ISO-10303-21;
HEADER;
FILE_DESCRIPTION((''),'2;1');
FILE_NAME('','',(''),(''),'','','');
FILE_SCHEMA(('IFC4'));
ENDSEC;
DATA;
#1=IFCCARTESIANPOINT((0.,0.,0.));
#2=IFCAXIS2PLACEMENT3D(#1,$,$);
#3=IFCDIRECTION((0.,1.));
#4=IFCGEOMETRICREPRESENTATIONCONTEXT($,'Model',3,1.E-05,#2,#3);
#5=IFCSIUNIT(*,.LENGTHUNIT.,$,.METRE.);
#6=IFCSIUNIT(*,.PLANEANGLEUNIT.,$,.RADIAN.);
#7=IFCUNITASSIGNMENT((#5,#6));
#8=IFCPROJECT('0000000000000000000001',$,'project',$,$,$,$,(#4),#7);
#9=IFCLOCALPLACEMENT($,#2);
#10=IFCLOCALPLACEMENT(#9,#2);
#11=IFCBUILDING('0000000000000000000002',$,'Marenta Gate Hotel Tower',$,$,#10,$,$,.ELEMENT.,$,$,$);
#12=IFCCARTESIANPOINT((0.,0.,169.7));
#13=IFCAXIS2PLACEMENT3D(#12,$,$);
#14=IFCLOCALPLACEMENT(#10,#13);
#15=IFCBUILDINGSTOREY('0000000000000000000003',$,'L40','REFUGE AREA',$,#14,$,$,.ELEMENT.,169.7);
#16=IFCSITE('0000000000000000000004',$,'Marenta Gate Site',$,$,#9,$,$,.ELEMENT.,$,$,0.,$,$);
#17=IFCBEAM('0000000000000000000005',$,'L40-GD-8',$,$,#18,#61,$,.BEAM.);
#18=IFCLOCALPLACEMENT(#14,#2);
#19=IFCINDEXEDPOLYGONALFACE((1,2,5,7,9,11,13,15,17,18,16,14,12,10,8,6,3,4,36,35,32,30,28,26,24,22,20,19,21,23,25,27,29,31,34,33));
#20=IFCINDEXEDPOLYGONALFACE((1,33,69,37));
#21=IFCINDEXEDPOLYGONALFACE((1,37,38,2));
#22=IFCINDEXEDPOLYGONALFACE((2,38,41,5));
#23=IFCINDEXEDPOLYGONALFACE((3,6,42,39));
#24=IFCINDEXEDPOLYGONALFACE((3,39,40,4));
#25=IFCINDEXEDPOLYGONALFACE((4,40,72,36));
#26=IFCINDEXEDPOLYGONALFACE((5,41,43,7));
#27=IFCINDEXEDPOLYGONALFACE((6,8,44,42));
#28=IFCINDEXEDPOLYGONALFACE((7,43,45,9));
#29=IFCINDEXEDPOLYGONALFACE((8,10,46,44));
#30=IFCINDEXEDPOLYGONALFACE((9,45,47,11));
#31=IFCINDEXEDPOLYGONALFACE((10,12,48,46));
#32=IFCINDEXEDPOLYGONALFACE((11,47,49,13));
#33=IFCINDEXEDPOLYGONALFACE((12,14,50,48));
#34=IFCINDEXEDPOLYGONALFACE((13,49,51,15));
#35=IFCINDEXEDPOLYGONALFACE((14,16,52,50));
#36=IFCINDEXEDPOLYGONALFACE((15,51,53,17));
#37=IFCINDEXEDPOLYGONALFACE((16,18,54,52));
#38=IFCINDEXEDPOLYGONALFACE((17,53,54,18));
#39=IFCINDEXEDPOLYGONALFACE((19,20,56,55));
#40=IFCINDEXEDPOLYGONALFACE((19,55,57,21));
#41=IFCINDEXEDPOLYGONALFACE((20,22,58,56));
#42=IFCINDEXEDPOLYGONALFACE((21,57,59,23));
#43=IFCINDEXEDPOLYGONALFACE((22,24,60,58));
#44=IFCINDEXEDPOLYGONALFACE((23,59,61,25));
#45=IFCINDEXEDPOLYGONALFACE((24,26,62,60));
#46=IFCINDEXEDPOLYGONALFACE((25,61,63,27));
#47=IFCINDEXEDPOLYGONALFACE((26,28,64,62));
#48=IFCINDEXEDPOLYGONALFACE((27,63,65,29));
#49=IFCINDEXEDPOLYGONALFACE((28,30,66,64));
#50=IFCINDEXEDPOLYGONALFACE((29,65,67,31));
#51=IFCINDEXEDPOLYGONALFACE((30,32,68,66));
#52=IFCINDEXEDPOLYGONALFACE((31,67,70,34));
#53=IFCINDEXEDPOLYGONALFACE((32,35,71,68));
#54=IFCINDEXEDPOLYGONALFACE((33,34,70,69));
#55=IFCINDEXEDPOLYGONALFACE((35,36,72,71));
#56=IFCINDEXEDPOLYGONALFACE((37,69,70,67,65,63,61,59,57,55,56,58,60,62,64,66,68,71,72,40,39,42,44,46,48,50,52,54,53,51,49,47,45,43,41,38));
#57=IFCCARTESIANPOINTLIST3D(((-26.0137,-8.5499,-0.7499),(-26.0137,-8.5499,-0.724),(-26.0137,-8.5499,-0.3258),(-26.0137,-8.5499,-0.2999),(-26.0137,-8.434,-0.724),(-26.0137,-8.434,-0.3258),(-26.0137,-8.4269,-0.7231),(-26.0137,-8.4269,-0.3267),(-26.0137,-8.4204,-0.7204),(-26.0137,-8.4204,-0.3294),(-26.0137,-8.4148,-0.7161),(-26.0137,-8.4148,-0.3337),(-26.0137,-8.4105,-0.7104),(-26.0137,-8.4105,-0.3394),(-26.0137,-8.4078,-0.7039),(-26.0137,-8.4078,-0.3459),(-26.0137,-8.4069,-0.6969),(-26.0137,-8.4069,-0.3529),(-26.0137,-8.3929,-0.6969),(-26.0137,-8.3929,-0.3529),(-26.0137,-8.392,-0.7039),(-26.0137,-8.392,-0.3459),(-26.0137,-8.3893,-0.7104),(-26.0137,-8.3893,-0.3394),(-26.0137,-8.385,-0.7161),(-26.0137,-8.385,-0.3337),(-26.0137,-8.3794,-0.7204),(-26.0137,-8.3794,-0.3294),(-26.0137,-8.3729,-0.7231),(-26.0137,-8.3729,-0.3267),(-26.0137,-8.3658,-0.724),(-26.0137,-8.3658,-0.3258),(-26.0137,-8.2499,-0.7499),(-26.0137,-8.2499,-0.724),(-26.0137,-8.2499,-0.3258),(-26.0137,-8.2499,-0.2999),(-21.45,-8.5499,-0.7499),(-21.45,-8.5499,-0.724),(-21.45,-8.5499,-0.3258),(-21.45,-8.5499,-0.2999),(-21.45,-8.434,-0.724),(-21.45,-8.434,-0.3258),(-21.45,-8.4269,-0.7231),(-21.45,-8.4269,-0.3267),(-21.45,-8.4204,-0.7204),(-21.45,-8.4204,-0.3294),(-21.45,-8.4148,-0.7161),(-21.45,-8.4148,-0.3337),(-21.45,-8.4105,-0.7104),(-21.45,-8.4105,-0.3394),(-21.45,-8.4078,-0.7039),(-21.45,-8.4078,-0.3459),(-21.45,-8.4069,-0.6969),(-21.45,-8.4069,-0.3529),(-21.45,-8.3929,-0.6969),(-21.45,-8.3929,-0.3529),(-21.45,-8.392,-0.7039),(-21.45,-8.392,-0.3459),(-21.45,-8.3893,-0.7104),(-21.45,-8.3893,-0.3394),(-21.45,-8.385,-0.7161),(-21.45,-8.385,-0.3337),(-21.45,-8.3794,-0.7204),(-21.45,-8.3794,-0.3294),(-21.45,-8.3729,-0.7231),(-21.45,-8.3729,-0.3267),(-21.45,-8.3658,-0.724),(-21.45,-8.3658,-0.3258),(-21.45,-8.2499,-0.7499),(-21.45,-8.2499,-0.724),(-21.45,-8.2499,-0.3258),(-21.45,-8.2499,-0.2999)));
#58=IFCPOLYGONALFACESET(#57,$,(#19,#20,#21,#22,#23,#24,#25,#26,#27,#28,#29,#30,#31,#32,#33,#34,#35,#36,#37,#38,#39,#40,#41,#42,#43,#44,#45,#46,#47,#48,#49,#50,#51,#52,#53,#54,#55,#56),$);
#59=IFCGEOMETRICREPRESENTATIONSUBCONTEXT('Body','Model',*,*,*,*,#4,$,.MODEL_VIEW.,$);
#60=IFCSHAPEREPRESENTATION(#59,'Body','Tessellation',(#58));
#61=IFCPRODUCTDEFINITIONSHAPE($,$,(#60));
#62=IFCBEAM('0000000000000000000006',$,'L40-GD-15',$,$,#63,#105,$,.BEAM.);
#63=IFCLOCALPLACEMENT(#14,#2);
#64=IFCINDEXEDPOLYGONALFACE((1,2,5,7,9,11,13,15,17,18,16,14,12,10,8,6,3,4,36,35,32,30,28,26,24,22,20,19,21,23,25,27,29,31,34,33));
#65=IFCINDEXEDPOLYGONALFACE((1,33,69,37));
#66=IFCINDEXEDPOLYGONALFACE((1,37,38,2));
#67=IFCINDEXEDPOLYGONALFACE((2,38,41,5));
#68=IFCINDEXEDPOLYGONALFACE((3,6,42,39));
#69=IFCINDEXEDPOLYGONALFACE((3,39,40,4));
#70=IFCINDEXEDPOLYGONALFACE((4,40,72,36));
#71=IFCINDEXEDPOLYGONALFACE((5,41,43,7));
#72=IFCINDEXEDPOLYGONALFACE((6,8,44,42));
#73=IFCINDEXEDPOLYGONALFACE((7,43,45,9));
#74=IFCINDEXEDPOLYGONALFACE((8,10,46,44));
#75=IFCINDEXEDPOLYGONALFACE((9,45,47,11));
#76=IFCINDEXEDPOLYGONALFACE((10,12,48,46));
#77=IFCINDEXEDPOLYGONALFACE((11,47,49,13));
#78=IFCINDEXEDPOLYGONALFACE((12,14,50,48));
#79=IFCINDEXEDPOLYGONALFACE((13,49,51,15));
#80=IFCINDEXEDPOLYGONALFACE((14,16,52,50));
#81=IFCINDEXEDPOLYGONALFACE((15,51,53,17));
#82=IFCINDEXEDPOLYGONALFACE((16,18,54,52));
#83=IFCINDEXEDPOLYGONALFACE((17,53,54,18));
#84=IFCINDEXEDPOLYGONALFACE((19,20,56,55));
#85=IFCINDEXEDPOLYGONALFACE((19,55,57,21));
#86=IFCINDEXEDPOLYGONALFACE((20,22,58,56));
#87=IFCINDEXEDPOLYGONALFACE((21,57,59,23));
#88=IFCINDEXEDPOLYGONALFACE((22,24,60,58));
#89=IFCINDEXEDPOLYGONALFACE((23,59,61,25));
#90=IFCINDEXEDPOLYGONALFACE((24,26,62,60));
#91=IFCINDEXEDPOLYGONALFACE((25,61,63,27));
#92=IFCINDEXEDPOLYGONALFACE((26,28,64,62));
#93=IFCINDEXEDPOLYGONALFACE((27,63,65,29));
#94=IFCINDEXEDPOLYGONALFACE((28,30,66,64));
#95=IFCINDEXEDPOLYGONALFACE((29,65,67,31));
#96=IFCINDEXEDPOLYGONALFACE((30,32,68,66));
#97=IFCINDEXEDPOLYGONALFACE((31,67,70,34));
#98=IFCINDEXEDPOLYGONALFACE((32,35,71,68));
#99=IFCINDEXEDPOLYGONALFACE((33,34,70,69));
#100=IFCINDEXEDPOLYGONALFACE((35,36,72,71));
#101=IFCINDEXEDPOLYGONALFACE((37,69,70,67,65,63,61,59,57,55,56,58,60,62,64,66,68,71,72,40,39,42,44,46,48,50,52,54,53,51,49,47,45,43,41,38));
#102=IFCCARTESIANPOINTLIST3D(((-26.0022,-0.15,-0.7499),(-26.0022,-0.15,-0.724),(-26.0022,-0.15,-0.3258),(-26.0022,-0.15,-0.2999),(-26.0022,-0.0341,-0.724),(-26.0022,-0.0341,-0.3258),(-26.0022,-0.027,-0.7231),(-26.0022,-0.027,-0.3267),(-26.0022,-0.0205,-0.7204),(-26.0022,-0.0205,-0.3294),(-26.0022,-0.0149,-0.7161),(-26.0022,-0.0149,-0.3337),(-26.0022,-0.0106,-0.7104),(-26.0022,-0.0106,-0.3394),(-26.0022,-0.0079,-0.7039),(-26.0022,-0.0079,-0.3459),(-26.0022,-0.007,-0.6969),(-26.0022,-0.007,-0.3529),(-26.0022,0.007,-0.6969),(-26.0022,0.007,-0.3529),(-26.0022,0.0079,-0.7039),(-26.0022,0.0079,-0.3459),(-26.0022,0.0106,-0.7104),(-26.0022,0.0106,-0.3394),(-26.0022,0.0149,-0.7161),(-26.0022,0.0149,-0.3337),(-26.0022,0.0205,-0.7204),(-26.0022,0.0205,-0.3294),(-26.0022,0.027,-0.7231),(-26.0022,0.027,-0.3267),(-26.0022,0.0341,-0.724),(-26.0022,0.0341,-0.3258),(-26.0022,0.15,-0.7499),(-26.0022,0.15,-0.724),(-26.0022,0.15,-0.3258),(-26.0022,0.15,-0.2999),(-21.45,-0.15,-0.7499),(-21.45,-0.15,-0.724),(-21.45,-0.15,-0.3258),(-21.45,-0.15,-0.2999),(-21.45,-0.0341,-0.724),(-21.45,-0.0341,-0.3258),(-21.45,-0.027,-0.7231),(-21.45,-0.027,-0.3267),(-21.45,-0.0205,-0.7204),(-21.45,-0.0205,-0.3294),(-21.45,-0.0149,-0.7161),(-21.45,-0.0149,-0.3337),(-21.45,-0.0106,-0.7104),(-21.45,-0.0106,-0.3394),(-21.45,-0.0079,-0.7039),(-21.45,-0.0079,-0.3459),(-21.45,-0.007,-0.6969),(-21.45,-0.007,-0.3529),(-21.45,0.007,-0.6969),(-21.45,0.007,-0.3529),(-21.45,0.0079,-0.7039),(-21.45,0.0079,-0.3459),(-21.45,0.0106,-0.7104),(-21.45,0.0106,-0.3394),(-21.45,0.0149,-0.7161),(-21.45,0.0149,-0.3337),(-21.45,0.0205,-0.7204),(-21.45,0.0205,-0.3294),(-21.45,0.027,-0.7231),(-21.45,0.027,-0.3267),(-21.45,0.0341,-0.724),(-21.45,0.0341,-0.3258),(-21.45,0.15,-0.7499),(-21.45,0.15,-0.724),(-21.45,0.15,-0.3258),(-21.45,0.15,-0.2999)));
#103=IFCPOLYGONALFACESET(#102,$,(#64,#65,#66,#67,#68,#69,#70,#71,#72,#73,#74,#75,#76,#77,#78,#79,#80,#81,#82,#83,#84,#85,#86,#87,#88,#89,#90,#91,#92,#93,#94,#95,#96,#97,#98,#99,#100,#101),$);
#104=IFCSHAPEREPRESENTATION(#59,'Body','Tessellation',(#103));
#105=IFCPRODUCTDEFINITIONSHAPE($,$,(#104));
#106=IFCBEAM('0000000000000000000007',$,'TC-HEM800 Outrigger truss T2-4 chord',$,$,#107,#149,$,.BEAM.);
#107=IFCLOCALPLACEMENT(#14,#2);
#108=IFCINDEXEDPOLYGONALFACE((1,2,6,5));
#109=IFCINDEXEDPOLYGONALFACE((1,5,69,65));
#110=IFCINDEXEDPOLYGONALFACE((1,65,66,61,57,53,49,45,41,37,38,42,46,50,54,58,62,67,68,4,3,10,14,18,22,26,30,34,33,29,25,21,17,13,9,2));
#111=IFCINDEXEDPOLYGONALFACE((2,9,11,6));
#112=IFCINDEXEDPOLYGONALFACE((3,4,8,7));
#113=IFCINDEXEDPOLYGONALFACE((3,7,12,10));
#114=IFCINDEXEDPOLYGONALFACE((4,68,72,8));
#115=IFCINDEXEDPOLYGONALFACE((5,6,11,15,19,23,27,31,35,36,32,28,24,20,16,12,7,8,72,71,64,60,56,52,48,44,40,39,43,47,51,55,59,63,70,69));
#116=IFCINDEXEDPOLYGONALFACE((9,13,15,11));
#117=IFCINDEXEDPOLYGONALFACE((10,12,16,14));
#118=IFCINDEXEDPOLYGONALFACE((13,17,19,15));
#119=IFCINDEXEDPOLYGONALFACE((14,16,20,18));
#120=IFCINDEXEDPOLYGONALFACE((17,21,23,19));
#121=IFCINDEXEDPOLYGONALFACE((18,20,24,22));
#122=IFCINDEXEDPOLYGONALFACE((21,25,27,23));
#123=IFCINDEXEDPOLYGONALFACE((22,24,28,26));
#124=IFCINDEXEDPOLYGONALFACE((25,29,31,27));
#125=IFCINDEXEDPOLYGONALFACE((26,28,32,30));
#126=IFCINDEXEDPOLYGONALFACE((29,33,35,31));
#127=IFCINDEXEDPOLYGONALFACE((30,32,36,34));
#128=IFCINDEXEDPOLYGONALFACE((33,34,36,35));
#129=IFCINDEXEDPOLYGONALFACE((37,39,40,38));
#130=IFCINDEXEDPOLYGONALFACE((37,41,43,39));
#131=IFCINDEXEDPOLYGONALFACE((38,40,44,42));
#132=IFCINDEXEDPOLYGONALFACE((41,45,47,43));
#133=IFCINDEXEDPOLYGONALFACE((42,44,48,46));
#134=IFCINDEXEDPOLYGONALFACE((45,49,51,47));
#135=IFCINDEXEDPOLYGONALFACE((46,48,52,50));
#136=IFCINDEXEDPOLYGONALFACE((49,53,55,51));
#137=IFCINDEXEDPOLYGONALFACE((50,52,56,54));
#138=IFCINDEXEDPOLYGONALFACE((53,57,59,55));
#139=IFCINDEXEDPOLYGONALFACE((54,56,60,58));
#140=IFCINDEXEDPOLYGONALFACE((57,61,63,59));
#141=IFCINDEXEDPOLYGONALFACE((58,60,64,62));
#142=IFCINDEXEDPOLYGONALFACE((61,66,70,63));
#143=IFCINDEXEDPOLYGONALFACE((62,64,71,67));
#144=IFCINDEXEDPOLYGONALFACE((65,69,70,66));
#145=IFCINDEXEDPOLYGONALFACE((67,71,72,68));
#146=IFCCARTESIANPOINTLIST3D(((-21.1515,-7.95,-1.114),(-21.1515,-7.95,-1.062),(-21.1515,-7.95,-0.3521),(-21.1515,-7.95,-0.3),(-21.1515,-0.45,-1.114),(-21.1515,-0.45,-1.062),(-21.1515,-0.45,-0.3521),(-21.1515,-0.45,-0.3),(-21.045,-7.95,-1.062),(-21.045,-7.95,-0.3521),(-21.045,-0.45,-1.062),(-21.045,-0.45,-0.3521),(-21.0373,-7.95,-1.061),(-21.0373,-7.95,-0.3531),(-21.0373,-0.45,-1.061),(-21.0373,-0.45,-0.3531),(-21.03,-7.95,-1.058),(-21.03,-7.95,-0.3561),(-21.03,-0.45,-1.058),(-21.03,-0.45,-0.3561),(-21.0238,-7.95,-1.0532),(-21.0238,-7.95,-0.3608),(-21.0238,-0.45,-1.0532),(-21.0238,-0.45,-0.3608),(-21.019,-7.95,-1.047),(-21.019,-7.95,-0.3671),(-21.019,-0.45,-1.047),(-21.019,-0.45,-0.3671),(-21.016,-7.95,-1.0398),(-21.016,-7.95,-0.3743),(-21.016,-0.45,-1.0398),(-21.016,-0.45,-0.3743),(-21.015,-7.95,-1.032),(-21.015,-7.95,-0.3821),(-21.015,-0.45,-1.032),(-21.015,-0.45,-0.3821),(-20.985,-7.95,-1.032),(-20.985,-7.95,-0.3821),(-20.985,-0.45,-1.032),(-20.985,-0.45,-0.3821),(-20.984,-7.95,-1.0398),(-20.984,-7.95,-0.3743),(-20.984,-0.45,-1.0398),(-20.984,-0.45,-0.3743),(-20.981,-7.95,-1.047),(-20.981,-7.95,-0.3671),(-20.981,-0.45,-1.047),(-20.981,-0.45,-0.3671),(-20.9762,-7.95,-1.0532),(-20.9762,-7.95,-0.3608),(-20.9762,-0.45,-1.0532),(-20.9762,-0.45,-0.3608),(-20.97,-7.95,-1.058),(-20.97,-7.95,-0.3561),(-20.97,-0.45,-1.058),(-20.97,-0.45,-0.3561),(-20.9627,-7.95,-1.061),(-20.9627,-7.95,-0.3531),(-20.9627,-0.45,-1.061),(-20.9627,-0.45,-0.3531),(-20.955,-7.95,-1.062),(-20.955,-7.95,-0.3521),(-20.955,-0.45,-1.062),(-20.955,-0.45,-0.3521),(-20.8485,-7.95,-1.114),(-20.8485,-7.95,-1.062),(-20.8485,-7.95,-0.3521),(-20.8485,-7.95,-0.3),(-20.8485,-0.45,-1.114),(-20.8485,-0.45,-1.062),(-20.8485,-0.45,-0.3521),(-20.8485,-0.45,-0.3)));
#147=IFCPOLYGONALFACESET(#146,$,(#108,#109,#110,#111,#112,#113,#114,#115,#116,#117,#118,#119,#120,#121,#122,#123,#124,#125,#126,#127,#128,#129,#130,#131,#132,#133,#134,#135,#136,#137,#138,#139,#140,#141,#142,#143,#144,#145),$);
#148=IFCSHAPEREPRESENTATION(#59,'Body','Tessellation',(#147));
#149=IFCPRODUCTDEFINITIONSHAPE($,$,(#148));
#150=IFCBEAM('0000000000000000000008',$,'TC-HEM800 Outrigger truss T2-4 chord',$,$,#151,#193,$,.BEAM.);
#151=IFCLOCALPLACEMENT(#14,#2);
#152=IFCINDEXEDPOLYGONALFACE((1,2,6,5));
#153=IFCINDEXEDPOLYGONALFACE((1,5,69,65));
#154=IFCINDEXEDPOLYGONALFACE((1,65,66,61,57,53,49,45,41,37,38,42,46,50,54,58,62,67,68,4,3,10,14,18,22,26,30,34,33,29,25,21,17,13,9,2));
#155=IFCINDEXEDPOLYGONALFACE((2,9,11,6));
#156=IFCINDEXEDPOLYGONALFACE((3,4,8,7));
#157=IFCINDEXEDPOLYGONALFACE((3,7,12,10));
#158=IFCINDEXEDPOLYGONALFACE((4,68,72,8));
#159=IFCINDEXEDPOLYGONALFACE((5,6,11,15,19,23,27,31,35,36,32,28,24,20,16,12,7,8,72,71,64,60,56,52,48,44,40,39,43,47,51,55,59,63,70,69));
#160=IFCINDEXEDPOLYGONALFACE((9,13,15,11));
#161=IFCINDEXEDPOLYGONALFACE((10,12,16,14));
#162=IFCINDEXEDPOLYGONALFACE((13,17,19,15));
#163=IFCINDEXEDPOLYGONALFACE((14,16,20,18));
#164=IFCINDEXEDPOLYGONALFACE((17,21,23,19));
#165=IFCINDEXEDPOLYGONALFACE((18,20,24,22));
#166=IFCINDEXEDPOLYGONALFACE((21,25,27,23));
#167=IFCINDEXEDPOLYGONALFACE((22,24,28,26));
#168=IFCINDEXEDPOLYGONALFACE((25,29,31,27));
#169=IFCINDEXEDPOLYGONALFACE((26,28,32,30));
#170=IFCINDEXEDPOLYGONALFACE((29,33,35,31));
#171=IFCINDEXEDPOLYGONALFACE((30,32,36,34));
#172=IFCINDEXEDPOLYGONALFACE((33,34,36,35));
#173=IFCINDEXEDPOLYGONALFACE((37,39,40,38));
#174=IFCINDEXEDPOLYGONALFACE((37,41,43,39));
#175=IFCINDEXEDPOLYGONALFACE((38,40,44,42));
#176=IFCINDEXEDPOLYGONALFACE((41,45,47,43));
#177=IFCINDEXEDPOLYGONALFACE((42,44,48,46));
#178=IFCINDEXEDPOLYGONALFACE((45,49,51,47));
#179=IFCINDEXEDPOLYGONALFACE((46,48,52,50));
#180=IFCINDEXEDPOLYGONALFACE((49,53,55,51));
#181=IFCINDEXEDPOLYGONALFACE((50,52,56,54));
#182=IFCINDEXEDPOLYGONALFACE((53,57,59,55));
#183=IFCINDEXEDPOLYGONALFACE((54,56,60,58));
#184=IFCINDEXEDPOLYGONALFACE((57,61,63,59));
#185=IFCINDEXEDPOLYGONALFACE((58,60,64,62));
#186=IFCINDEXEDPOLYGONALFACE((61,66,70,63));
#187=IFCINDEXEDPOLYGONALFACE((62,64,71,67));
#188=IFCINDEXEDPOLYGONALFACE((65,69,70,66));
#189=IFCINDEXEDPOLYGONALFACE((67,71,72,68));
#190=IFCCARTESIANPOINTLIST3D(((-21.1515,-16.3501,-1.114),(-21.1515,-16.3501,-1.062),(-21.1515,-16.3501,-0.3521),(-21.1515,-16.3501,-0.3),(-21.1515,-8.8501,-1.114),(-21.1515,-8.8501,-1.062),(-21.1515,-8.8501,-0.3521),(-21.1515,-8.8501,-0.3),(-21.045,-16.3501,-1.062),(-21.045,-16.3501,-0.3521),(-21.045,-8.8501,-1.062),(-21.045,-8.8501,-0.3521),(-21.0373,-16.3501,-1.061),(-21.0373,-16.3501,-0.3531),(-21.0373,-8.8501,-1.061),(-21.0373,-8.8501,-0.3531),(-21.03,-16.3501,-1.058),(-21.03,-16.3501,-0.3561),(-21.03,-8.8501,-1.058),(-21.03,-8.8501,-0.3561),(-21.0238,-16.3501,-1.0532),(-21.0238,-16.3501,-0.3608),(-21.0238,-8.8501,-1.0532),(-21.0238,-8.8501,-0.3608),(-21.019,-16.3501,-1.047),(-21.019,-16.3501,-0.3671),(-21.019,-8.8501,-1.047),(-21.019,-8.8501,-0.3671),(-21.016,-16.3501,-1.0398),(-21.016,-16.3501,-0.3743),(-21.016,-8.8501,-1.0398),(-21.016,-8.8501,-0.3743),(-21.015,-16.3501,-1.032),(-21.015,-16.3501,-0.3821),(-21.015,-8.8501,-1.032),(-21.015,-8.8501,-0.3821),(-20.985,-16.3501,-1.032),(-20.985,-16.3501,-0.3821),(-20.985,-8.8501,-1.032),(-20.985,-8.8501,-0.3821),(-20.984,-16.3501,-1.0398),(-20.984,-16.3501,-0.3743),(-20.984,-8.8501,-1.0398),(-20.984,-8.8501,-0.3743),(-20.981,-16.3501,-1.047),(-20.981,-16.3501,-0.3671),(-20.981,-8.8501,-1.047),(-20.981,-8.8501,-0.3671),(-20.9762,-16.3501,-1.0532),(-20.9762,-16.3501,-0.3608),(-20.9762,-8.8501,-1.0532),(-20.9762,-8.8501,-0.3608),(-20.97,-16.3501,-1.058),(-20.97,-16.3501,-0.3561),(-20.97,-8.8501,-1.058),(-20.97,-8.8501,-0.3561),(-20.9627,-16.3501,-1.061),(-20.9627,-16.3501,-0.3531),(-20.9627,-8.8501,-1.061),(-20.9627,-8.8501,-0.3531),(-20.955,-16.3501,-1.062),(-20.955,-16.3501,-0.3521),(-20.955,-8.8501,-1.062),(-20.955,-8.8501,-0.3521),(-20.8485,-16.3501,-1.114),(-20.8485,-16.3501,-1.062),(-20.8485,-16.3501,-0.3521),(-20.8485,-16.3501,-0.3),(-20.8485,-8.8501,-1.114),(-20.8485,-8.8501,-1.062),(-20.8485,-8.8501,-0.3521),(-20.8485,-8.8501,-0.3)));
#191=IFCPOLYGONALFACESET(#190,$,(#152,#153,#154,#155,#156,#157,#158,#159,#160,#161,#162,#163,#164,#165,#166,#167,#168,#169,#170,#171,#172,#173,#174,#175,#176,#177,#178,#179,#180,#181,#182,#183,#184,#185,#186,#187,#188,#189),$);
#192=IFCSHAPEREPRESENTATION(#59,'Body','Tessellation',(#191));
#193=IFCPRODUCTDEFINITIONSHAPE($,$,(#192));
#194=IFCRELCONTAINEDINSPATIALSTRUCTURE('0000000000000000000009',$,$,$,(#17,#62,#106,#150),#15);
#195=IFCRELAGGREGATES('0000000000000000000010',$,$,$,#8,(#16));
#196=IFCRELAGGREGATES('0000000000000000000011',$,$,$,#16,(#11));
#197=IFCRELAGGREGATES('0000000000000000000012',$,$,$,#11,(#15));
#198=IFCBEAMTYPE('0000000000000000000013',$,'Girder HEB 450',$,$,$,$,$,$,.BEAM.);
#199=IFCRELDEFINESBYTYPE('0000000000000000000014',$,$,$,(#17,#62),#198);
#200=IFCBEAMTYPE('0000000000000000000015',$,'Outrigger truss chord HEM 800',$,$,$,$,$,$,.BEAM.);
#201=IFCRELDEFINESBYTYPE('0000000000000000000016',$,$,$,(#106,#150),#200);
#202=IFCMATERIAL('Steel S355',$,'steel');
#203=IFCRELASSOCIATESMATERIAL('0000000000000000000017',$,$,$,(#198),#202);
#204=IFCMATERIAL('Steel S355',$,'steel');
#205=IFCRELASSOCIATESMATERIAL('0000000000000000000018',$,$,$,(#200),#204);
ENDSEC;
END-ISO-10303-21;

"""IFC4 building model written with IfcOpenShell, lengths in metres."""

from ifc_helpers import new_model, si_unit, direction, frame, origin, origin_2d, place, context, subcontext, project, spatial, i_section, extrude, material, material_profile, profile_set, type_object, element, save


model = new_model("IFC4")

# Units and contexts
model_context = context("Model", 3, precision=1e-05, world=origin(), true_north=direction((0.0, 1.0)))
body_context = subcontext(model_context, "Body", "Model", "MODEL_VIEW")
ifc_project = project(units=[si_unit("LENGTHUNIT", "METRE"), si_unit("PLANEANGLEUNIT", "RADIAN")], contexts=[model_context])

# Site, building, storey
site_placement = place(None, origin())
site = spatial("IfcSite", under=ifc_project, at=site_placement, Name="Marenta Gate Site", CompositionType="ELEMENT", RefElevation=0.0)
building_placement = place(site_placement, origin())
building = spatial("IfcBuilding", under=site, at=building_placement, Name="Marenta Gate Hotel Tower", CompositionType="ELEMENT")
storey_placement = place(building_placement, frame((0.0, 0.0, 169.7)))
storey = spatial("IfcBuildingStorey", under=building, at=storey_placement, Name="L40", Description="REFUGE AREA", CompositionType="ELEMENT", Elevation=169.7)

# Beams
ifc_material_1 = material(Name="Steel S355", Category="steel")
ifc_material_profile_1 = material_profile(ifc_material_1, i_section(OverallWidth=0.3, OverallDepth=0.45, WebThickness=0.0139, FlangeThickness=0.0259, FilletRadius=0.0271, at=origin_2d()), Name="HEB 450")
ifc_profile_set_1 = profile_set([ifc_material_profile_1], Name="Steel S355")
beam_type_1 = type_object("IfcBeamType", Name="Girder HEB 450", PredefinedType="BEAM", material=ifc_profile_set_1)
beam_1_placement = place(storey_placement, frame((-26.0137, -8.3999, -0.5249), z_axis=(1.0, 0.0, 0.0), x_axis=(0.0, 1.0, 0.0)))
element("IfcBeam", 1, at=beam_1_placement, inside=storey, type_object=beam_type_1, Name="L40-GD-8", PredefinedType="BEAM", context=body_context, shape_type="SweptSolid", body=[
    extrude(i_section(OverallWidth=0.3, OverallDepth=0.45, WebThickness=0.0139, FlangeThickness=0.0259, FilletRadius=0.0271, at=origin_2d()), origin(), (0.0, 0.0, 1.0), 4.5637),
])
beam_2_placement = place(storey_placement, frame((-26.0022, 0.0, -0.5249), z_axis=(1.0, 0.0, 0.0), x_axis=(0.0, 1.0, 0.0)))
element("IfcBeam", 2, at=beam_2_placement, inside=storey, type_object=beam_type_1, Name="L40-GD-15", PredefinedType="BEAM", context=body_context, shape_type="SweptSolid", body=[
    extrude(i_section(OverallWidth=0.3, OverallDepth=0.45, WebThickness=0.0139, FlangeThickness=0.0259, FilletRadius=0.0271, at=origin_2d()), origin(), (0.0, 0.0, 1.0), 4.5522),
])
ifc_material_2 = material(Name="Steel S355", Category="steel")
ifc_material_profile_2 = material_profile(ifc_material_2, i_section(OverallWidth=0.303, OverallDepth=0.814, WebThickness=0.03, FlangeThickness=0.052, FilletRadius=0.03, at=origin_2d()), Name="HEM 800")
ifc_profile_set_2 = profile_set([ifc_material_profile_2], Name="Steel S355")
beam_type_2 = type_object("IfcBeamType", Name="Outrigger truss chord HEM 800", PredefinedType="BEAM", material=ifc_profile_set_2)
for number, where, z_axis, x_axis, name in (
    (3, (-21.0, -0.45, -0.707), (0.0, -1.0, 0.0), (1.0, 0.0, 0.0), "TC-HEM800 Outrigger truss T2-4 chord"),
    (4, (-21.0, -8.8501, -0.707), (0.0, -1.0, 0.0), (1.0, 0.0, 0.0), "TC-HEM800 Outrigger truss T2-4 chord"),
):
    element("IfcBeam", number, at=place(storey_placement, frame(where, z_axis=z_axis, x_axis=x_axis)), inside=storey, type_object=beam_type_2, Name=name, PredefinedType="BEAM", context=body_context, shape_type="SweptSolid", body=[
        extrude(i_section(OverallWidth=0.303, OverallDepth=0.814, WebThickness=0.03, FlangeThickness=0.052, FilletRadius=0.03, at=origin_2d()), origin(), (0.0, 0.0, 1.0), 7.5),
    ])

save(model, "model.ifc")
